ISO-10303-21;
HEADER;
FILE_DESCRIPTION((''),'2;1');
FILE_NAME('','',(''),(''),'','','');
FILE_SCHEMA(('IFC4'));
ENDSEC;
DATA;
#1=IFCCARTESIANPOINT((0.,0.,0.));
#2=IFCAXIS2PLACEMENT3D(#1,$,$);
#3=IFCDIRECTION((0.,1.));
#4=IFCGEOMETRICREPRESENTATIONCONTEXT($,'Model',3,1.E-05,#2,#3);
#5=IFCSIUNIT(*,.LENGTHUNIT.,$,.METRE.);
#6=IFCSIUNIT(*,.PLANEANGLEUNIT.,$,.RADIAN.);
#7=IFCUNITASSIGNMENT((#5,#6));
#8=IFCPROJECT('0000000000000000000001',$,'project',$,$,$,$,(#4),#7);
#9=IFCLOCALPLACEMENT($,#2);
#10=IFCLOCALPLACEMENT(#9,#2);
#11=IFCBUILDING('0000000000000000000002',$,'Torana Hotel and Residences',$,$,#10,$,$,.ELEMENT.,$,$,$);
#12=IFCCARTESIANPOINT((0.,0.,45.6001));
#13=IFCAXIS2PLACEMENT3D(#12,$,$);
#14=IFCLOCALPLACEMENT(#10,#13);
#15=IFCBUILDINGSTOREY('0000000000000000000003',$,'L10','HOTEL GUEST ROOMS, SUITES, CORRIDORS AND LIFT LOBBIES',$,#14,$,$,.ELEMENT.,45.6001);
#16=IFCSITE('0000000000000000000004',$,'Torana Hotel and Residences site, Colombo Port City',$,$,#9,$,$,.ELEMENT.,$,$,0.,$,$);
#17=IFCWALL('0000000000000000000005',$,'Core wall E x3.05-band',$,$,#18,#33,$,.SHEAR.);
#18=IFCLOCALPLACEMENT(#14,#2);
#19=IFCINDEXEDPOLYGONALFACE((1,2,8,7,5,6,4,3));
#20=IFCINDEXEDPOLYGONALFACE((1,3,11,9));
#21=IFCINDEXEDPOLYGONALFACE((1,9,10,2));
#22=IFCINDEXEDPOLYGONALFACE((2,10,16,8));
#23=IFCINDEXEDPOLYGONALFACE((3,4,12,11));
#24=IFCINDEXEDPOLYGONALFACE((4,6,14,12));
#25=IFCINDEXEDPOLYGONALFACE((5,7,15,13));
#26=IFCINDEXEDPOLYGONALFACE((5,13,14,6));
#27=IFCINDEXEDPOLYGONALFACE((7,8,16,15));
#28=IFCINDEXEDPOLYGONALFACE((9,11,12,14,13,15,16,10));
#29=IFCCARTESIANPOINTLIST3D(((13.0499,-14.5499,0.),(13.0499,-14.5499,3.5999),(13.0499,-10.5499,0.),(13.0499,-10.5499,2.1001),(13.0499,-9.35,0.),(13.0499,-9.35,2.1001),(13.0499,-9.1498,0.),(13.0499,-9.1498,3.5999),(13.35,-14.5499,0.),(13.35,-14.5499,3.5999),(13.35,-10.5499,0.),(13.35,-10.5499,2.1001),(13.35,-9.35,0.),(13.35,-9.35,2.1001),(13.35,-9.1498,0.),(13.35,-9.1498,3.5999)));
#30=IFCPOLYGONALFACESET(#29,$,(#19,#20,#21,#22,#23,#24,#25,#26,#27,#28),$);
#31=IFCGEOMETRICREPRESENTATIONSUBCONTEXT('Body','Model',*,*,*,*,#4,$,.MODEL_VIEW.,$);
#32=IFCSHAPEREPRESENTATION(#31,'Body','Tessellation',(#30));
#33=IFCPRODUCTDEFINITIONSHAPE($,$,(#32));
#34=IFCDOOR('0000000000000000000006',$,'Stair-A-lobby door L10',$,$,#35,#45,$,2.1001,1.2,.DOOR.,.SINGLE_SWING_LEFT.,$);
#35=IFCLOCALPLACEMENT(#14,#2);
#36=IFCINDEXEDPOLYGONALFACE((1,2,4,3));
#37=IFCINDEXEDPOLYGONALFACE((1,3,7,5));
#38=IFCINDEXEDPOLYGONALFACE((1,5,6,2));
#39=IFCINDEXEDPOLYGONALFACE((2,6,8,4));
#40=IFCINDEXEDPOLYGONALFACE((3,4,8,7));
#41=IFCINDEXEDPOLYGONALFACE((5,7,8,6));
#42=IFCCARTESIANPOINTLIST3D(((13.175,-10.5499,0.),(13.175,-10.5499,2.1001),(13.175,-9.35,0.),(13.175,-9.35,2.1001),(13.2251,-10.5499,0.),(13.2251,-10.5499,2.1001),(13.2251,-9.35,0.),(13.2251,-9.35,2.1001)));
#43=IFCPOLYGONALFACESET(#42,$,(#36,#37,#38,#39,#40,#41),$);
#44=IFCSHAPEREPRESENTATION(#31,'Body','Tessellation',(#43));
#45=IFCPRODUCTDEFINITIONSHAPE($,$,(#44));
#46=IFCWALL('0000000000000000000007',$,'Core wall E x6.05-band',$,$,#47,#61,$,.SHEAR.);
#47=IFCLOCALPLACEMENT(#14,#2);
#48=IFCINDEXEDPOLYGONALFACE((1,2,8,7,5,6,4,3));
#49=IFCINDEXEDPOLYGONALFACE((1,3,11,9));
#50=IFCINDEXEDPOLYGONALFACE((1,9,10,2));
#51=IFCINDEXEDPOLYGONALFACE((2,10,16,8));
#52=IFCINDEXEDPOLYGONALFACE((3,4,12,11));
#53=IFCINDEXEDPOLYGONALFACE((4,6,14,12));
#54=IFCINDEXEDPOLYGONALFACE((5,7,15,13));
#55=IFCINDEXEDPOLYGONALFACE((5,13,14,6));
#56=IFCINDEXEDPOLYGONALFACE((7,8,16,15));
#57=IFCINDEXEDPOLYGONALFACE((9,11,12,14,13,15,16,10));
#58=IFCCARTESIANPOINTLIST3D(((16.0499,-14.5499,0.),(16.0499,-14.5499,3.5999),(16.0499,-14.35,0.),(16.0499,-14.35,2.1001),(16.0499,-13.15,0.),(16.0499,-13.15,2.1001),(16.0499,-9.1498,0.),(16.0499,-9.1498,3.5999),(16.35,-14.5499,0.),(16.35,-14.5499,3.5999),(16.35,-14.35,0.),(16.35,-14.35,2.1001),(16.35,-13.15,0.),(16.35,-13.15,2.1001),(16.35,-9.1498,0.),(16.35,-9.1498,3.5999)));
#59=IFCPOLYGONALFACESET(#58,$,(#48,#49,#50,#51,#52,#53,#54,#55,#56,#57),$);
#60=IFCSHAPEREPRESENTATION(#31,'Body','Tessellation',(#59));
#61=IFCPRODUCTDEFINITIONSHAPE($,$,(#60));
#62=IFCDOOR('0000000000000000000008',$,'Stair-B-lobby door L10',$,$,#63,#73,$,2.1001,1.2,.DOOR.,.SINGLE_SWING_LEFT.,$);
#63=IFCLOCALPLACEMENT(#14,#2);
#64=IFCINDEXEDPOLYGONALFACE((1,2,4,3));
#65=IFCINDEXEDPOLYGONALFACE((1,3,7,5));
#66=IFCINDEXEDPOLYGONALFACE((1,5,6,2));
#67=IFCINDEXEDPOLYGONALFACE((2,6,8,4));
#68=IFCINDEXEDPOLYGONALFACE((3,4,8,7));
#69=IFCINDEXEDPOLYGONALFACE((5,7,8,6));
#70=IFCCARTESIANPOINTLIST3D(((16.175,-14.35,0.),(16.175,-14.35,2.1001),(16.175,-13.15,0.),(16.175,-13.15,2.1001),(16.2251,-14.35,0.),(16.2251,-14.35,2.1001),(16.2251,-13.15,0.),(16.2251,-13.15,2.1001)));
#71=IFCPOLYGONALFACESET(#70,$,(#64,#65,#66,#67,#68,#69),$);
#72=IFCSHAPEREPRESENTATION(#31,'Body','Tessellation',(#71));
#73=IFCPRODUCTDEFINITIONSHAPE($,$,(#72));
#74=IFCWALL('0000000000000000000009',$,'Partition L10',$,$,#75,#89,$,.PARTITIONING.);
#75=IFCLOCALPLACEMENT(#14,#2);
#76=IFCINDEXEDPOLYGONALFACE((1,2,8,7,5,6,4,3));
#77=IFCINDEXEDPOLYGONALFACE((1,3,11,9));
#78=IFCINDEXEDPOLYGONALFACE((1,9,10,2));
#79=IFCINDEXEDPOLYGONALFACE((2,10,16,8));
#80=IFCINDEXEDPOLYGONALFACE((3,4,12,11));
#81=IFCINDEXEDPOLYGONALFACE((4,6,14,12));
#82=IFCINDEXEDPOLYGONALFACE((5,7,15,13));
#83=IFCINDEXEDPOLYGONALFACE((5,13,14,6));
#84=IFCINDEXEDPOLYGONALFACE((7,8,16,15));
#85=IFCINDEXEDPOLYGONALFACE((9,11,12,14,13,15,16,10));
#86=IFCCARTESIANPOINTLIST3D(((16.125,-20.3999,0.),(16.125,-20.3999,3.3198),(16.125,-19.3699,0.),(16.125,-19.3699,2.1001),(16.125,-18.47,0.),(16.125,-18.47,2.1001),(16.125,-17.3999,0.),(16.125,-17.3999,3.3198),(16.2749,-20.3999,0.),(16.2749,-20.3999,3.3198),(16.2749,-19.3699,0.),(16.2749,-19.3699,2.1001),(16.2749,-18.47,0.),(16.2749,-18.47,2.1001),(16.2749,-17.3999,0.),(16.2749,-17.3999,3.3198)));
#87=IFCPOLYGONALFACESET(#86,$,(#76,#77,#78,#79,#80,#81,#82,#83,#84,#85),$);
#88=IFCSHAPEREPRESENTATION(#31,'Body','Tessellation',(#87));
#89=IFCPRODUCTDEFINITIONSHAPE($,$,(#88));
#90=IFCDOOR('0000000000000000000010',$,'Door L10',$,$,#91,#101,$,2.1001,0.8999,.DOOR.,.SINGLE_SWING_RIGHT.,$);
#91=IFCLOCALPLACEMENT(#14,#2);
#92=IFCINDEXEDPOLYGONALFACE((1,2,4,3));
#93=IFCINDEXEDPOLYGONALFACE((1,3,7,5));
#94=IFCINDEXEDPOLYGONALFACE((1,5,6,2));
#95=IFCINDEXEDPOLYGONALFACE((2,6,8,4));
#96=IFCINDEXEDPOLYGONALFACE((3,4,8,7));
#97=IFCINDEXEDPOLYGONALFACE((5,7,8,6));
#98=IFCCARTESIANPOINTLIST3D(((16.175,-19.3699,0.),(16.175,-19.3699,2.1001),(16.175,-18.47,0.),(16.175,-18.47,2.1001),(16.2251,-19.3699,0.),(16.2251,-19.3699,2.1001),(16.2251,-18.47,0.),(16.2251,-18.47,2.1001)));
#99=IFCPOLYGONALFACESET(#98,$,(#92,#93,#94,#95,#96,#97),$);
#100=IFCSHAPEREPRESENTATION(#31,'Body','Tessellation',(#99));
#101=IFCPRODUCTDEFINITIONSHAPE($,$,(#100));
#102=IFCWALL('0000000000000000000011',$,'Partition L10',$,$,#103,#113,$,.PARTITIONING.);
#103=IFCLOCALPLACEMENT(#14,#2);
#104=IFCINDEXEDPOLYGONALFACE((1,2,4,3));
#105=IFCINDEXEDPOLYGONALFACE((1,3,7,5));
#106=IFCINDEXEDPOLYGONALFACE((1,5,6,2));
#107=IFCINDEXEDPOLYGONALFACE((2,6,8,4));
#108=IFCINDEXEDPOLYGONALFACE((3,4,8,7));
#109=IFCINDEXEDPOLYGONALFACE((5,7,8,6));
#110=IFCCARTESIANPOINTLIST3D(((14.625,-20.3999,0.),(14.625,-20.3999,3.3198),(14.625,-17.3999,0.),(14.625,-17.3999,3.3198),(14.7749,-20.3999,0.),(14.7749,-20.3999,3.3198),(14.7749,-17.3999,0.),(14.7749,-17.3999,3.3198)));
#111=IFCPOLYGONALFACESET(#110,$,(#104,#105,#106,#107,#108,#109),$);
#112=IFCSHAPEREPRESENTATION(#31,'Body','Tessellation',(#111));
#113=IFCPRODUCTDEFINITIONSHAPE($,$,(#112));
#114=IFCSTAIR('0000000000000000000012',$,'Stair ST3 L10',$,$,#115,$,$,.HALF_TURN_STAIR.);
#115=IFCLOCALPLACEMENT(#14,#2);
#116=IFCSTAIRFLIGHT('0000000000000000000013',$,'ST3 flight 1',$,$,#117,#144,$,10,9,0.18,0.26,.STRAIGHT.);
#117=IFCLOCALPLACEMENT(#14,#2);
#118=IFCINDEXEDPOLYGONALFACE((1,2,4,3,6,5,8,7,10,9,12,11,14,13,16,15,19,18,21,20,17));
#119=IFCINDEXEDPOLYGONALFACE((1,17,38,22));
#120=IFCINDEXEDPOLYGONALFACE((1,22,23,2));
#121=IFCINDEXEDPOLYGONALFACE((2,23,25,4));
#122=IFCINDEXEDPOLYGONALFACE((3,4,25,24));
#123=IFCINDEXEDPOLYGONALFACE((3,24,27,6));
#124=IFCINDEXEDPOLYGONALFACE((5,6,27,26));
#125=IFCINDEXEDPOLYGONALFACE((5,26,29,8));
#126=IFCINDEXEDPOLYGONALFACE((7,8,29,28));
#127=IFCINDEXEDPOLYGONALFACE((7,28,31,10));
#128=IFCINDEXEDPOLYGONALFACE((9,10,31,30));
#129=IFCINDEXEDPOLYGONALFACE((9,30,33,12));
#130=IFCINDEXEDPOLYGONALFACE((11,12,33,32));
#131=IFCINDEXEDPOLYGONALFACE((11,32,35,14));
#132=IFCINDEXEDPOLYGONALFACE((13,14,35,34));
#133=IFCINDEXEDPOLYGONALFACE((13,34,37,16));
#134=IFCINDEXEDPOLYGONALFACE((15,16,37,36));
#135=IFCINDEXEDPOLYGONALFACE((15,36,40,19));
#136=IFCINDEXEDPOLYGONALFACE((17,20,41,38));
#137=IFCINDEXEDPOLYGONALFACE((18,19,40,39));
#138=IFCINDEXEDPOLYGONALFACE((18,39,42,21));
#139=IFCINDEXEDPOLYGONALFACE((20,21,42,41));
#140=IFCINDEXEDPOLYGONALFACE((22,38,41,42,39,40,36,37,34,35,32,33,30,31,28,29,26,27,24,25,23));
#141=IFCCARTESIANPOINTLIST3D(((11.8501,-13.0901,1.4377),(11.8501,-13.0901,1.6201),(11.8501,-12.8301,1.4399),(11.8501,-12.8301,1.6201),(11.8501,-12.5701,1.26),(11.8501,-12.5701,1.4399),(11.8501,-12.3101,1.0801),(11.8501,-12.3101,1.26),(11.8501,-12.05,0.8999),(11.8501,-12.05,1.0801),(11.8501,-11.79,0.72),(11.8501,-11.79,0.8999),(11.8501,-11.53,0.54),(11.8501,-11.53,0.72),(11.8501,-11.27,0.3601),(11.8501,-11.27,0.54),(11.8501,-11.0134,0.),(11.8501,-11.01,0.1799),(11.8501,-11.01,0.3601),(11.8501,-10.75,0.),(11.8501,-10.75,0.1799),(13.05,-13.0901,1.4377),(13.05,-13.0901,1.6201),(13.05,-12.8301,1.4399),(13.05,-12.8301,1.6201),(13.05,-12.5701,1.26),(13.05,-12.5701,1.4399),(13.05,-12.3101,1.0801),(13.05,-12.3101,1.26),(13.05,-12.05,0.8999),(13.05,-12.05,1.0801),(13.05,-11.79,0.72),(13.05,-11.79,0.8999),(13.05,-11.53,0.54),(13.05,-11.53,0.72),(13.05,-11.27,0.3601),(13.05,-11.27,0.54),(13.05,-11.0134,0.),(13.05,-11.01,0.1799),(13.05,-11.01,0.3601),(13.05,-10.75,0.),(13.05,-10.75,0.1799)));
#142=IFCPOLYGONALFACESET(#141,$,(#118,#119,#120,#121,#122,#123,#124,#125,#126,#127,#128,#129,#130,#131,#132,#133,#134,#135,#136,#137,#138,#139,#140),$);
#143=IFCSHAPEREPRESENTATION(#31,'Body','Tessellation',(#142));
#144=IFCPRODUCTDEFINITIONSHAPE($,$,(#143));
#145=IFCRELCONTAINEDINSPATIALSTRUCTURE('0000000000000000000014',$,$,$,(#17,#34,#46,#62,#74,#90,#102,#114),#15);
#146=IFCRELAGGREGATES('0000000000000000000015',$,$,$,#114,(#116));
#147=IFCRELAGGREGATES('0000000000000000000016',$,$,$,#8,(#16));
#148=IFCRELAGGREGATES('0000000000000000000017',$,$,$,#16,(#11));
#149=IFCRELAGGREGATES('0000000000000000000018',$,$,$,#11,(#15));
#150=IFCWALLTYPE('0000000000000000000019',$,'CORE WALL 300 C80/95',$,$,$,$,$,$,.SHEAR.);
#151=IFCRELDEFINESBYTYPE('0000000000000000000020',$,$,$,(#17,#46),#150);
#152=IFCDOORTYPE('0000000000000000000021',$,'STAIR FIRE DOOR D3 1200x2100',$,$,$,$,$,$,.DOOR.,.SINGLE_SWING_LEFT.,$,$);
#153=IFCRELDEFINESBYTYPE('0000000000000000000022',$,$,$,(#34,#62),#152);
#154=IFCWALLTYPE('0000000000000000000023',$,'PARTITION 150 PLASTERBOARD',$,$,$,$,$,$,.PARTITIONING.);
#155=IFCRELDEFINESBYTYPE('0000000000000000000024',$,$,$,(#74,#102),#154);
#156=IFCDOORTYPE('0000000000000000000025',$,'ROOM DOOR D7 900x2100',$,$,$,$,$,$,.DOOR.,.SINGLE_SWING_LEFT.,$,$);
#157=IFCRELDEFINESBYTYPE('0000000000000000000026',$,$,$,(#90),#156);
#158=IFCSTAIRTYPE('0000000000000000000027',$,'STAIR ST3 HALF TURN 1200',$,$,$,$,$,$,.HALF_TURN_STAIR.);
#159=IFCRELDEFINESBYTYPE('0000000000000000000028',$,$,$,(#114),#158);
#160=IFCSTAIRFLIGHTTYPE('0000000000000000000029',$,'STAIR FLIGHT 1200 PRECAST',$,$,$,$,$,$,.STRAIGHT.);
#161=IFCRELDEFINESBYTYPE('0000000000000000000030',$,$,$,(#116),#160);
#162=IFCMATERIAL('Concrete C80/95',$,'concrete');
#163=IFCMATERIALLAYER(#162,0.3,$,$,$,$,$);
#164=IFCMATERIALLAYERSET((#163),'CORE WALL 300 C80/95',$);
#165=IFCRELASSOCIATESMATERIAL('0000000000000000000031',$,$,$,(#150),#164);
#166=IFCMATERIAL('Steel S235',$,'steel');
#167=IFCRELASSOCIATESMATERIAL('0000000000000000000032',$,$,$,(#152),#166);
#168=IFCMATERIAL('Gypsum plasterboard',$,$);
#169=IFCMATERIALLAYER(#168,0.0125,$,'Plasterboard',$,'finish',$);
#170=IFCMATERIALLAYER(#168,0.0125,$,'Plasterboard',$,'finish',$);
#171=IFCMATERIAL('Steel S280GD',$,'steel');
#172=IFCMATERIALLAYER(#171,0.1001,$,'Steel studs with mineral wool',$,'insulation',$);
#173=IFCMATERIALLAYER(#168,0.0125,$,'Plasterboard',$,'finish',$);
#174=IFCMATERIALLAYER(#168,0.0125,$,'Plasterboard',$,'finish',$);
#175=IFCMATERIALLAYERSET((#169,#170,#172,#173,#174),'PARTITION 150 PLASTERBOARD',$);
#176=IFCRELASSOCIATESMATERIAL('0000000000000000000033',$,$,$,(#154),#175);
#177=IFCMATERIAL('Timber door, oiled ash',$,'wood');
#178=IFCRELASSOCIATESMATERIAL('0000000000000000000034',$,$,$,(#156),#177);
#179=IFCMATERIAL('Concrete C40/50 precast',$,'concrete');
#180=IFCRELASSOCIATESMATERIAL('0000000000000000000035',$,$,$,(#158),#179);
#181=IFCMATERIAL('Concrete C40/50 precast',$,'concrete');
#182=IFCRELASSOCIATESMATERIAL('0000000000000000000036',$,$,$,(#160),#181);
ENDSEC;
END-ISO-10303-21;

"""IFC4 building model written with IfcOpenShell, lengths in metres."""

from ifc_helpers import new_model, si_unit, direction, frame, frame_2d, origin, place, context, subcontext, project, spatial, polyline, rectangle, outline, extrude, material, layer, layer_set, type_object, element, fill, aggregate, save


model = new_model("IFC4")

# Units and contexts
model_context = context("Model", 3, precision=1e-05, world=origin(), true_north=direction((0.0, 1.0)))
body_context = subcontext(model_context, "Body", "Model", "MODEL_VIEW")
ifc_project = project(units=[si_unit("LENGTHUNIT", "METRE"), si_unit("PLANEANGLEUNIT", "RADIAN")], contexts=[model_context])

# Site, building, storey
site_placement = place(None, origin())
site = spatial("IfcSite", under=ifc_project, at=site_placement, Name="Torana Hotel and Residences site, Colombo Port City", CompositionType="ELEMENT", RefElevation=0.0)
building_placement = place(site_placement, origin())
building = spatial("IfcBuilding", under=site, at=building_placement, Name="Torana Hotel and Residences", CompositionType="ELEMENT")
storey_placement = place(building_placement, frame((0.0, 0.0, 45.6001)))
storey = spatial("IfcBuildingStorey", under=building, at=storey_placement, Name="L10", Description="HOTEL GUEST ROOMS, SUITES, CORRIDORS AND LIFT LOBBIES", CompositionType="ELEMENT", Elevation=45.6001)

# Walls, openings, doors
ifc_material_1 = material(Name="Concrete C80/95", Category="concrete")
ifc_layer_1 = layer(ifc_material_1, 0.3)
ifc_layer_set_1 = layer_set([ifc_layer_1], Name="CORE WALL 300 C80/95")
wall_type_1 = type_object("IfcWallType", Name="CORE WALL 300 C80/95", PredefinedType="SHEAR", material=ifc_layer_set_1)
wall_1_placement = place(storey_placement, frame((13.2, -14.55, 0.0), z_axis=(0.0, 0.0, 1.0), x_axis=(0.0, 1.0, 0.0)))
wall_1 = element("IfcWall", 1, at=wall_1_placement, inside=storey, type_object=wall_type_1, Name="Core wall E x3.05-band", PredefinedType="SHEAR", context=body_context, shape_type="SweptSolid", body=[
    extrude(rectangle(XDim=5.4001, YDim=0.3, at=frame_2d((2.7002, 0.0))), origin(), (0.0, 0.0, 1.0), 3.5999),
])
opening_1_placement = place(wall_1_placement, frame((4.0, 0.0, 0.0)))
opening_1 = element("IfcOpeningElement", 2, at=opening_1_placement, cuts=wall_1, PredefinedType="OPENING", context=body_context, shape_type="SweptSolid", body=[
    extrude(rectangle(XDim=1.2, YDim=2.1001, at=frame_2d((0.6001, 1.05))), frame((0.0, 0.1599, 0.0), z_axis=(0.0, -1.0, 0.0), x_axis=(1.0, 0.0, 0.0)), (0.0, 0.0, 1.0), 0.3201),
])
ifc_material_2 = material(Name="Steel S235", Category="steel")
door_type_1 = type_object("IfcDoorType", Name="STAIR FIRE DOOR D3 1200x2100", OperationType="SINGLE_SWING_LEFT", PredefinedType="DOOR", material=ifc_material_2)
door_1_placement = place(opening_1_placement, origin())
door_1 = element("IfcDoor", 3, at=door_1_placement, inside=storey, type_object=door_type_1, Name="Stair-A-lobby door L10", OperationType="SINGLE_SWING_LEFT", OverallHeight=2.1001, OverallWidth=1.2, PredefinedType="DOOR", context=body_context, shape_type="SweptSolid", body=[
    extrude(rectangle(XDim=1.2, YDim=2.1001, at=frame_2d((0.6001, 1.05))), frame((0.0, 0.0249, 0.0), z_axis=(0.0, -1.0, 0.0), x_axis=(1.0, 0.0, 0.0)), (0.0, 0.0, 1.0), 0.05),
])
fill(opening_1, door_1)
wall_2_placement = place(storey_placement, frame((16.2, -14.55, 0.0), z_axis=(0.0, 0.0, 1.0), x_axis=(0.0, 1.0, 0.0)))
wall_2 = element("IfcWall", 4, at=wall_2_placement, inside=storey, type_object=wall_type_1, Name="Core wall E x6.05-band", PredefinedType="SHEAR", context=body_context, shape_type="SweptSolid", body=[
    extrude(rectangle(XDim=5.4001, YDim=0.3, at=frame_2d((2.7002, 0.0))), origin(), (0.0, 0.0, 1.0), 3.5999),
])
opening_2_placement = place(wall_2_placement, frame((0.2, 0.0, 0.0)))
opening_2 = element("IfcOpeningElement", 5, at=opening_2_placement, cuts=wall_2, PredefinedType="OPENING", context=body_context, shape_type="SweptSolid", body=[
    extrude(rectangle(XDim=1.2, YDim=2.1001, at=frame_2d((0.6001, 1.05))), frame((0.0, 0.1599, 0.0), z_axis=(0.0, -1.0, 0.0), x_axis=(1.0, 0.0, 0.0)), (0.0, 0.0, 1.0), 0.3201),
])
door_2_placement = place(opening_2_placement, frame((0.6001, 0.0, 0.0), z_axis=(0.0, 0.0, 1.0), x_axis=(-1.0, 0.0, 0.0)))
door_2 = element("IfcDoor", 6, at=door_2_placement, inside=storey, type_object=door_type_1, Name="Stair-B-lobby door L10", OperationType="SINGLE_SWING_LEFT", OverallHeight=2.1001, OverallWidth=1.2, PredefinedType="DOOR", context=body_context, shape_type="SweptSolid", body=[
    extrude(rectangle(XDim=1.2, YDim=2.1001, at=frame_2d((0.0, 1.05))), frame((0.0, -0.0249, 0.0), z_axis=(0.0, 1.0, 0.0), x_axis=(-1.0, 0.0, 0.0)), (0.0, 0.0, 1.0), 0.05),
])
fill(opening_2, door_2)
ifc_material_3 = material(Name="Gypsum plasterboard")
ifc_layer_2 = layer(ifc_material_3, 0.0125, Name="Plasterboard", Category="finish")
ifc_layer_3 = layer(ifc_material_3, 0.0125, Name="Plasterboard", Category="finish")
ifc_material_4 = material(Name="Steel S280GD", Category="steel")
ifc_layer_4 = layer(ifc_material_4, 0.1001, Name="Steel studs with mineral wool", Category="insulation")
ifc_layer_5 = layer(ifc_material_3, 0.0125, Name="Plasterboard", Category="finish")
ifc_layer_6 = layer(ifc_material_3, 0.0125, Name="Plasterboard", Category="finish")
ifc_layer_set_2 = layer_set([ifc_layer_2, ifc_layer_3, ifc_layer_4, ifc_layer_5, ifc_layer_6], Name="PARTITION 150 PLASTERBOARD")
wall_type_2 = type_object("IfcWallType", Name="PARTITION 150 PLASTERBOARD", PredefinedType="PARTITIONING", material=ifc_layer_set_2)
wall_3_placement = place(storey_placement, frame((16.2, -20.3999, 0.0), z_axis=(0.0, 0.0, 1.0), x_axis=(0.0, 1.0, 0.0)))
wall_3 = element("IfcWall", 7, at=wall_3_placement, inside=storey, type_object=wall_type_2, Name="Partition L10", PredefinedType="PARTITIONING", context=body_context, shape_type="SweptSolid", body=[
    extrude(rectangle(XDim=3.0, YDim=0.1499, at=frame_2d((1.5, 0.0))), origin(), (0.0, 0.0, 1.0), 3.3198),
])
opening_3_placement = place(wall_3_placement, frame((1.03, 0.0, 0.0)))
opening_3 = element("IfcOpeningElement", 8, at=opening_3_placement, cuts=wall_3, PredefinedType="OPENING", context=body_context, shape_type="SweptSolid", body=[
    extrude(rectangle(XDim=0.8999, YDim=2.1001, at=frame_2d((0.45, 1.05))), frame((0.0, 0.085, 0.0), z_axis=(0.0, -1.0, 0.0), x_axis=(1.0, 0.0, 0.0)), (0.0, 0.0, 1.0), 0.1699),
])
ifc_material_5 = material(Name="Timber door, oiled ash", Category="wood")
door_type_2 = type_object("IfcDoorType", Name="ROOM DOOR D7 900x2100", OperationType="SINGLE_SWING_LEFT", PredefinedType="DOOR", material=ifc_material_5)
door_3_placement = place(opening_3_placement, origin())
door_3 = element("IfcDoor", 9, at=door_3_placement, inside=storey, type_object=door_type_2, Name="Door L10", OperationType="SINGLE_SWING_RIGHT", OverallHeight=2.1001, OverallWidth=0.8999, PredefinedType="DOOR", context=body_context, shape_type="SweptSolid", body=[
    extrude(rectangle(XDim=0.8999, YDim=2.1001, at=frame_2d((0.45, 1.05))), frame((0.0, 0.0249, 0.0), z_axis=(0.0, -1.0, 0.0), x_axis=(1.0, 0.0, 0.0)), (0.0, 0.0, 1.0), 0.05),
])
fill(opening_3, door_3)

# Wall
wall_4_placement = place(storey_placement, frame((14.7, -20.3999, 0.0), z_axis=(0.0, 0.0, 1.0), x_axis=(0.0, 1.0, 0.0)))
element("IfcWall", 10, at=wall_4_placement, inside=storey, type_object=wall_type_2, Name="Partition L10", PredefinedType="PARTITIONING", context=body_context, shape_type="SweptSolid", body=[
    extrude(rectangle(XDim=3.0, YDim=0.1499, at=frame_2d((1.5, 0.0))), origin(), (0.0, 0.0, 1.0), 3.3198),
])

# Stair, stair flight
ifc_material_6 = material(Name="Concrete C40/50 precast", Category="concrete")
stair_type_1 = type_object("IfcStairType", Name="STAIR ST3 HALF TURN 1200", PredefinedType="HALF_TURN_STAIR", material=ifc_material_6)
stair_1_placement = place(storey_placement, origin())
stair_1 = element("IfcStair", 11, at=stair_1_placement, inside=storey, type_object=stair_type_1, Name="Stair ST3 L10", PredefinedType="HALF_TURN_STAIR")
ifc_material_7 = material(Name="Concrete C40/50 precast", Category="concrete")
stair_flight_type = type_object("IfcStairFlightType", Name="STAIR FLIGHT 1200 PRECAST", PredefinedType="STRAIGHT", material=ifc_material_7)
stair_flight_1_placement = place(storey_placement, frame((12.45, -10.75, 0.0), z_axis=(0.0, 0.0, 1.0), x_axis=(0.0, -1.0, 0.0)))
stair_flight_1 = element("IfcStairFlight", 12, at=stair_flight_1_placement, type_object=stair_flight_type, Name="ST3 flight 1", NumberOfRisers=10, NumberOfTreads=9, PredefinedType="STRAIGHT", RiserHeight=0.18, TreadLength=0.26, context=body_context, shape_type="SweptSolid", body=[
    extrude(outline(polyline([(0.0, 0.0), (0.0, 0.1799), (0.26, 0.1799), (0.26, 0.3601), (0.52, 0.3601), (0.52, 0.54), (0.78, 0.54), (0.78, 0.72), (1.04, 0.72), (1.04, 0.8999), (1.3, 0.8999), (1.3, 1.0801), (1.5601, 1.0801), (1.5601, 1.26), (1.8201, 1.26), (1.8201, 1.4399), (2.0801, 1.4399), (2.0801, 1.6201), (2.3401, 1.6201), (2.3401, 1.8), (2.3401, 1.4377), (0.2634, 0.0), (0.0, 0.0)])), frame((0.0, 0.6001, 0.0), z_axis=(0.0, -1.0, 0.0), x_axis=(1.0, 0.0, 0.0)), (0.0, 0.0, 1.0), 1.2),
])
aggregate(stair_1, [stair_flight_1])

save(model, "model.ifc")
